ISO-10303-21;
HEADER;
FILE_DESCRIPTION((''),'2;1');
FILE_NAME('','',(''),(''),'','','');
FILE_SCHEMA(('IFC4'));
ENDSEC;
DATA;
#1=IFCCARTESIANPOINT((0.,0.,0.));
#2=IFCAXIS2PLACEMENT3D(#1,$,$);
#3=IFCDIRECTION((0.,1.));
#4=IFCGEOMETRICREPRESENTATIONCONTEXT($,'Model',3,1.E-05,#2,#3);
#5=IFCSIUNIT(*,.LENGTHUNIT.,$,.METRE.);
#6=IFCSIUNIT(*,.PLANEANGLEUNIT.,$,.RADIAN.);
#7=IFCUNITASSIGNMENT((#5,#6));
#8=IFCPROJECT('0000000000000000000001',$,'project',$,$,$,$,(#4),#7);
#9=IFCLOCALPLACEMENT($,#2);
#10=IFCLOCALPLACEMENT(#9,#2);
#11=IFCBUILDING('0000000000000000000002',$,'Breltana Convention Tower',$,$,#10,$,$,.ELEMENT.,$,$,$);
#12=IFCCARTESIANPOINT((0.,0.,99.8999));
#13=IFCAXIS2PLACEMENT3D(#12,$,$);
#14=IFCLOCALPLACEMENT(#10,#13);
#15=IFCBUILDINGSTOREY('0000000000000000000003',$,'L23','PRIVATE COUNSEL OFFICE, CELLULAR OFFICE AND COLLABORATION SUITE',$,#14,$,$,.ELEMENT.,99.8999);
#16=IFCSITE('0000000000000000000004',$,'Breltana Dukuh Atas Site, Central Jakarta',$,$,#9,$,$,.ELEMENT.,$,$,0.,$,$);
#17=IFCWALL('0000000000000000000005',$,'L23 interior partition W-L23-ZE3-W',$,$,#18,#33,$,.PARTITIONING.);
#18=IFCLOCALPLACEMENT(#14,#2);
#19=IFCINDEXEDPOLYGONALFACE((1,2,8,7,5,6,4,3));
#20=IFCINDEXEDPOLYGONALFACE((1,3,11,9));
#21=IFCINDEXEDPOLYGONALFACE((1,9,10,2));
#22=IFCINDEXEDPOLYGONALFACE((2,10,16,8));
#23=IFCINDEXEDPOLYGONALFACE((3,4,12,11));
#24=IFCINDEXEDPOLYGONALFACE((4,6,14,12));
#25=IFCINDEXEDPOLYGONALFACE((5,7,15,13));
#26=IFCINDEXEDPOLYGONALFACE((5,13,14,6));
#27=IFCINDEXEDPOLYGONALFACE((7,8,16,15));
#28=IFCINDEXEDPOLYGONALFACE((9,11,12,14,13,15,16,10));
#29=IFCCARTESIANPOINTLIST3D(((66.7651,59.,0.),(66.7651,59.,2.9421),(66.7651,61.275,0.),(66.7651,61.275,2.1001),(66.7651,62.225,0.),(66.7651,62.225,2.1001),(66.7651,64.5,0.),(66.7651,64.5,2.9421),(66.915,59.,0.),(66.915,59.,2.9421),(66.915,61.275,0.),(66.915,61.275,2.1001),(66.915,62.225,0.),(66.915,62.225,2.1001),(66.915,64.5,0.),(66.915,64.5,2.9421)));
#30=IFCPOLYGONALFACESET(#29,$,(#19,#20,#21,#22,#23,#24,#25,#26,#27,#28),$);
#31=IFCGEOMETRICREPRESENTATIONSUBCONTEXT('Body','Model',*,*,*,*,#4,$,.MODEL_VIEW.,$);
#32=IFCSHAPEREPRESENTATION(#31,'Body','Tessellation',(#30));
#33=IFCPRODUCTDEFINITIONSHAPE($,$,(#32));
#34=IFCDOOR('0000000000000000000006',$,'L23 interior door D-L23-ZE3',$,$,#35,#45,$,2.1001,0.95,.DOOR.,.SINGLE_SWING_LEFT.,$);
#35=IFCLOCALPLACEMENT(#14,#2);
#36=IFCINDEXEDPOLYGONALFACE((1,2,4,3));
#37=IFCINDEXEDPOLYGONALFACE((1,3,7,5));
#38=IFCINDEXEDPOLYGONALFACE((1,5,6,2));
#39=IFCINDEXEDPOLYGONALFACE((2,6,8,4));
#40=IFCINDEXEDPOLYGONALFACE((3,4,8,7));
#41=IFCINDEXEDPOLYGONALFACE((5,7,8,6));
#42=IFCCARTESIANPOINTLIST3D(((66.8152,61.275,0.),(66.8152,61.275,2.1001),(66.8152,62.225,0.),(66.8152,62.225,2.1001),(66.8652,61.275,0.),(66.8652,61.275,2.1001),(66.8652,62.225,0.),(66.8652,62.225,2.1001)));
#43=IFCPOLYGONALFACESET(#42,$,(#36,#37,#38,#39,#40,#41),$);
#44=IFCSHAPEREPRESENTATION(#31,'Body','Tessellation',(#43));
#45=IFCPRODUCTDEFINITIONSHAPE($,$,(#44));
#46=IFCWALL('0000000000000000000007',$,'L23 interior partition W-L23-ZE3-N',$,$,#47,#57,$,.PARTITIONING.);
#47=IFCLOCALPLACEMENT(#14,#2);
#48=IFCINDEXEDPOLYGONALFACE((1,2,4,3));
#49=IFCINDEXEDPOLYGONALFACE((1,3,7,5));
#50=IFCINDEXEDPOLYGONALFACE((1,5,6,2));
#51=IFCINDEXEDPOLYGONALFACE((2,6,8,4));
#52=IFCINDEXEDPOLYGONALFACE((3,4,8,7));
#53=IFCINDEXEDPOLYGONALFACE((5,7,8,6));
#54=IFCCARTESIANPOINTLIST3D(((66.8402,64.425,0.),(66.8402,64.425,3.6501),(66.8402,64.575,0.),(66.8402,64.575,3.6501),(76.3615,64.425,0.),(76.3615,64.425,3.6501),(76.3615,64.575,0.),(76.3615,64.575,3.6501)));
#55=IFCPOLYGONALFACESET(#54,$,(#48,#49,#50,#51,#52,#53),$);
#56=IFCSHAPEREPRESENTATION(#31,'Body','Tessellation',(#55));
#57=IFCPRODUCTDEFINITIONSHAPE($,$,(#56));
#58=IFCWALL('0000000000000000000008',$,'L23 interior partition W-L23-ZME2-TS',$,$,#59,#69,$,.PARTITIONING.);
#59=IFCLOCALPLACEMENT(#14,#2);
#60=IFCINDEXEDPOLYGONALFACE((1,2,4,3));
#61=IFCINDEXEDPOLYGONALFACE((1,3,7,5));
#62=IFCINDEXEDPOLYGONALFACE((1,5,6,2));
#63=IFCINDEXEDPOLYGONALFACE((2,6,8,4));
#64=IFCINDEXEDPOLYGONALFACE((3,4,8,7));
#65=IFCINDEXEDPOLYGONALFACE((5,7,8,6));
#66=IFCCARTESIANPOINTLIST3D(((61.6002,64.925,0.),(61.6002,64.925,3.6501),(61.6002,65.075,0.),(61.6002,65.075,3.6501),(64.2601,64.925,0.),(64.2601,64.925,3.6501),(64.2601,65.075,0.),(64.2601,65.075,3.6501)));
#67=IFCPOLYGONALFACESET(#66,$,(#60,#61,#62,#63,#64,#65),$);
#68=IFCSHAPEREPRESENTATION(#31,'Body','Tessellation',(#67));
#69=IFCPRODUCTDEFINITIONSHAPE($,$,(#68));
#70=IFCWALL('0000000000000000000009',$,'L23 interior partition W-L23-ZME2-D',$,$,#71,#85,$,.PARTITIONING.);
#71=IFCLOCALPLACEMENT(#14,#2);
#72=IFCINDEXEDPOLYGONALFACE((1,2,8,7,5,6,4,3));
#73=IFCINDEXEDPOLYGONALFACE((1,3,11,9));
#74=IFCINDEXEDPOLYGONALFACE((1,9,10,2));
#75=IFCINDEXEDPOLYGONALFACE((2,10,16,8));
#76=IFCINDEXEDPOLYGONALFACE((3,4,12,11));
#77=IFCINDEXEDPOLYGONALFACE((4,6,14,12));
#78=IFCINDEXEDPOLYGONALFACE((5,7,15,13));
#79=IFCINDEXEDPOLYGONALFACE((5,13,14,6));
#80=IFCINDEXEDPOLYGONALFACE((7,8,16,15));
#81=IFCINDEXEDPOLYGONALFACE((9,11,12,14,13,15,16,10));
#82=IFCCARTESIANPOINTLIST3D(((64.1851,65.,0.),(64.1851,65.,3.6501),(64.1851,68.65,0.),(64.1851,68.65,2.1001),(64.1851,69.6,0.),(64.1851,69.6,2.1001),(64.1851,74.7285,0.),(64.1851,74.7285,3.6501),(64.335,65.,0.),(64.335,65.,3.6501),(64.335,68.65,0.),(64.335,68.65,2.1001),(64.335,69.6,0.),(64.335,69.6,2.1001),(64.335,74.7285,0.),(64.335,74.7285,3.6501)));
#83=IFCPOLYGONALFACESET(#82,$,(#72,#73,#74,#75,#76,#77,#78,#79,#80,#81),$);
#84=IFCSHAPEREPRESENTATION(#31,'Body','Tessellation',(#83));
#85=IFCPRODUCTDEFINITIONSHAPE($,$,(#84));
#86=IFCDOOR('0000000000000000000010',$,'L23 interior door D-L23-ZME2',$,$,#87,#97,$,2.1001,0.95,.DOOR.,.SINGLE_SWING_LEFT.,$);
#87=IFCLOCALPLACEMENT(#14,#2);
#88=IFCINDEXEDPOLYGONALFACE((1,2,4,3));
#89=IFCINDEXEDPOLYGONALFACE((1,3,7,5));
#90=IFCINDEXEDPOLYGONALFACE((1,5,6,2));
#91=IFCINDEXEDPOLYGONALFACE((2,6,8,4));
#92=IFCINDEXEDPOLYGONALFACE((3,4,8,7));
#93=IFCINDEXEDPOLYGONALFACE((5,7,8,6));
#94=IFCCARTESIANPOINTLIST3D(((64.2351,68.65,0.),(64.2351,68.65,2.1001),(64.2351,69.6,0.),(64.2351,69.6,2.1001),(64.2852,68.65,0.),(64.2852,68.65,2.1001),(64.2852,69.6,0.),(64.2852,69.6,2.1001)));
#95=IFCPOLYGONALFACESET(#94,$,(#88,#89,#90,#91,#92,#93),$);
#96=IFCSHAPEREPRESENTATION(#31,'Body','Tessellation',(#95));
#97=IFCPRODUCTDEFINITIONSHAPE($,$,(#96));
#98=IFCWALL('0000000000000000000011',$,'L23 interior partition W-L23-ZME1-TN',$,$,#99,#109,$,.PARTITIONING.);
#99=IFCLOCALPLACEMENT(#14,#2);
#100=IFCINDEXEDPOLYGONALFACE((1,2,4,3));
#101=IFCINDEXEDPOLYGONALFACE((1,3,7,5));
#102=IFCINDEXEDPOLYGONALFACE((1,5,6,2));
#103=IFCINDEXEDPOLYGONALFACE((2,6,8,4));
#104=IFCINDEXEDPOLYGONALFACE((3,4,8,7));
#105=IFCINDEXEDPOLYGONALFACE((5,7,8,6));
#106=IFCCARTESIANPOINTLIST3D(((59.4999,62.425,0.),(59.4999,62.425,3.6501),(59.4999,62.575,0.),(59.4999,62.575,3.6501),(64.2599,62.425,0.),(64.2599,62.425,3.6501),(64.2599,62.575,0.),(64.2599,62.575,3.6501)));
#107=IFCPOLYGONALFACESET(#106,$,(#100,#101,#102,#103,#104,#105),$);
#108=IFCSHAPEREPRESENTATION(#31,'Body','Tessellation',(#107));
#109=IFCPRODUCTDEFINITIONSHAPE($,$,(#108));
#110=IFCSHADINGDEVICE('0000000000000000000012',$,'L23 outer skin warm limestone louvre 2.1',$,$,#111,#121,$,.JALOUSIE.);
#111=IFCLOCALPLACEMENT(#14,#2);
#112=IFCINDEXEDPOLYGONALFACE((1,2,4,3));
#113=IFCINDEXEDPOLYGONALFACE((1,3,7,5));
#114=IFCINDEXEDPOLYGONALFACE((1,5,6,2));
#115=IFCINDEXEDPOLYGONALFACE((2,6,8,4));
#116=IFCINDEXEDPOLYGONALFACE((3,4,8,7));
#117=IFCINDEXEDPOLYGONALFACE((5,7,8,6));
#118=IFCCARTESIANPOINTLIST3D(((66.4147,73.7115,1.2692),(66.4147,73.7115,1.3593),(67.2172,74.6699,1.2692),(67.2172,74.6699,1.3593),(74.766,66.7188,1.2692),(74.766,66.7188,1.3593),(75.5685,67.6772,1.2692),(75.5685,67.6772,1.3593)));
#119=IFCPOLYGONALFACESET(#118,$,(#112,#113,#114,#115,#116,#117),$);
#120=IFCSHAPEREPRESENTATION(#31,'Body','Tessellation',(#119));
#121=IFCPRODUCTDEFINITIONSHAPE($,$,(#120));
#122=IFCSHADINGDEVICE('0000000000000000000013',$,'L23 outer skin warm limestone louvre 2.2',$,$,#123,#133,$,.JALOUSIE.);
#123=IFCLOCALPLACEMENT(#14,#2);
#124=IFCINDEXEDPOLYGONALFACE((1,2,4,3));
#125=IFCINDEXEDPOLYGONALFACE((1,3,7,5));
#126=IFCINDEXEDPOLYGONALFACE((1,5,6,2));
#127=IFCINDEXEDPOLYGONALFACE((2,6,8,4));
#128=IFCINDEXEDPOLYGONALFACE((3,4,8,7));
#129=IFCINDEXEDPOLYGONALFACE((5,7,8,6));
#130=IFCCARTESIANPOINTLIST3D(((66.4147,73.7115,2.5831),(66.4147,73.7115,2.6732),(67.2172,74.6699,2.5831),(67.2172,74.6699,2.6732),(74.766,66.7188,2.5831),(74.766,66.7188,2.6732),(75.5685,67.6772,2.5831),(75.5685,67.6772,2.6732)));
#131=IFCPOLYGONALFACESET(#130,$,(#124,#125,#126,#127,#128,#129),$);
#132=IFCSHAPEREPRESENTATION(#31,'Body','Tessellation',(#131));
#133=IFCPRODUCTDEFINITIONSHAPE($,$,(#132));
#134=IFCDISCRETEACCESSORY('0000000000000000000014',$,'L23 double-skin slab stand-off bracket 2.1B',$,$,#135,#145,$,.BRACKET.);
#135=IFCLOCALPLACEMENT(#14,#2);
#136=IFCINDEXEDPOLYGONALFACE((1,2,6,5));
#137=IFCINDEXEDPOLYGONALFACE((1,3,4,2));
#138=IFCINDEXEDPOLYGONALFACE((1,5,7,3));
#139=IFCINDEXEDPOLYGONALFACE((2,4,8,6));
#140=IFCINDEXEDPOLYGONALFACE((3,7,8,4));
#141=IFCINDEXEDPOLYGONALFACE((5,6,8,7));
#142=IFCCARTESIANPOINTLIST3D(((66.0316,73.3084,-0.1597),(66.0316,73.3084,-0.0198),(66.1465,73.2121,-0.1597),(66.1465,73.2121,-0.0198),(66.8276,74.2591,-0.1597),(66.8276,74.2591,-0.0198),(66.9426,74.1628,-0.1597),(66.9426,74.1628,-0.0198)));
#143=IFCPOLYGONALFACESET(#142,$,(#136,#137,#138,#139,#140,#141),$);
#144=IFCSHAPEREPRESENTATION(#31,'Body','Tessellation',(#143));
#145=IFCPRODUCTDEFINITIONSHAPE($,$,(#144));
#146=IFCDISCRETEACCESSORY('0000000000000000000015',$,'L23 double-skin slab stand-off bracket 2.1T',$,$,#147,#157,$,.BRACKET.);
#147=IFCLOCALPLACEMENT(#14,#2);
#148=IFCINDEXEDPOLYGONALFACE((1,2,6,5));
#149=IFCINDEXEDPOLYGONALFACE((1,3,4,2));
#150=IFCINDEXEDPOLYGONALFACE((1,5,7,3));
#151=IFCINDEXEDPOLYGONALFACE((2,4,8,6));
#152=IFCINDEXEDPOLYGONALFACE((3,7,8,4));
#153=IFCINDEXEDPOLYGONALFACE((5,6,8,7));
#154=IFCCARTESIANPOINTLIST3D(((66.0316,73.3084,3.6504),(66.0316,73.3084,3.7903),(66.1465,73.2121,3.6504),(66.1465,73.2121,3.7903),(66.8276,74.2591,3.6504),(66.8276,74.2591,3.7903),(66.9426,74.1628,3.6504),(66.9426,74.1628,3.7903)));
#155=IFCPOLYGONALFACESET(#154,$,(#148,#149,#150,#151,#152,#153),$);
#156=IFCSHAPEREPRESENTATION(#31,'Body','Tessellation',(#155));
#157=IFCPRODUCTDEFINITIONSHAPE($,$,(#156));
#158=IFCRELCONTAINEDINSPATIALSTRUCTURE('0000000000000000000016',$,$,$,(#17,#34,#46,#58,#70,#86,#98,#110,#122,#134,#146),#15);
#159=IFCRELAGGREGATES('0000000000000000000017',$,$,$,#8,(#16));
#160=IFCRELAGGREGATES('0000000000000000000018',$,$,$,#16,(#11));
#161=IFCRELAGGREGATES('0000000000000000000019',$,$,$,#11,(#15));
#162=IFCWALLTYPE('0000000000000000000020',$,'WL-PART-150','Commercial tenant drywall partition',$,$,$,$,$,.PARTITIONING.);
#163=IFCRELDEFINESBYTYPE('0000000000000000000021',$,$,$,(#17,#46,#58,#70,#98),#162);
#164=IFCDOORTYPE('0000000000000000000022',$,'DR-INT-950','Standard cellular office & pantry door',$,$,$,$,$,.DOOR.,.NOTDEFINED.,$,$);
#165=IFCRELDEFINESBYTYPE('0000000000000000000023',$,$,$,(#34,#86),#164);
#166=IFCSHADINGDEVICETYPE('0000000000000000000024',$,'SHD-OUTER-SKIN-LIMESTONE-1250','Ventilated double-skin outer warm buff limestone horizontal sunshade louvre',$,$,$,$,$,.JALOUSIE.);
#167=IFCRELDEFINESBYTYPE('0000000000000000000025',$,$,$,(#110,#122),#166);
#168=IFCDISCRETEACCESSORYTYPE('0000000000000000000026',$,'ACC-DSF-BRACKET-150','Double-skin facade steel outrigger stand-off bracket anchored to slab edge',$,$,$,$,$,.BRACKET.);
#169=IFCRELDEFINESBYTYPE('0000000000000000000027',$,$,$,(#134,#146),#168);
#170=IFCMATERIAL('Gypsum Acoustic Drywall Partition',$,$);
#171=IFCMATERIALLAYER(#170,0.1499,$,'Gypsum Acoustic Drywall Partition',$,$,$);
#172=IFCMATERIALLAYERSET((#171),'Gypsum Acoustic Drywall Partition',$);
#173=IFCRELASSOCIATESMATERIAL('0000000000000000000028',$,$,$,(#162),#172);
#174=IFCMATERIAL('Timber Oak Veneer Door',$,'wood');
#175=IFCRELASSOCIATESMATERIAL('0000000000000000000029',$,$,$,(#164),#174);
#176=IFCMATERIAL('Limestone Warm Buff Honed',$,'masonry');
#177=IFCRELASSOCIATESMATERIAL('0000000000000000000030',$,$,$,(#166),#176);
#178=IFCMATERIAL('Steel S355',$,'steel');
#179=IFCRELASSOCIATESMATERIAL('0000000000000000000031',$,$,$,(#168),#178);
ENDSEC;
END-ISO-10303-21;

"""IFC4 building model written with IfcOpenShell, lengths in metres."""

from ifc_helpers import new_model, si_unit, direction, frame, frame_2d, origin, origin_2d, place, context, subcontext, project, spatial, rectangle, extrude, source, transform, mapped, material, layer, layer_set, material_profile, profile_set, type_object, type_shapes, element, fill, save


model = new_model("IFC4")

# Units and contexts
model_context = context("Model", 3, precision=1e-05, world=origin(), true_north=direction((0.0, 1.0)))
body_context = subcontext(model_context, "Body", "Model", "MODEL_VIEW")
ifc_project = project(units=[si_unit("LENGTHUNIT", "METRE"), si_unit("PLANEANGLEUNIT", "RADIAN")], contexts=[model_context])

# Site, building, storey
site_placement = place(None, origin())
site = spatial("IfcSite", under=ifc_project, at=site_placement, Name="Breltana Dukuh Atas Site, Central Jakarta", CompositionType="ELEMENT", RefElevation=0.0)
building_placement = place(site_placement, origin())
building = spatial("IfcBuilding", under=site, at=building_placement, Name="Breltana Convention Tower", CompositionType="ELEMENT")
storey_placement = place(building_placement, frame((0.0, 0.0, 99.8999)))
storey = spatial("IfcBuildingStorey", under=building, at=storey_placement, Name="L23", Description="PRIVATE COUNSEL OFFICE, CELLULAR OFFICE AND COLLABORATION SUITE", CompositionType="ELEMENT", Elevation=99.8999)

# Shared definitions
ifc_material_1 = material(Name="Gypsum Acoustic Drywall Partition")
ifc_layer_1 = layer(ifc_material_1, 0.1499, Name="Gypsum Acoustic Drywall Partition")
ifc_layer_set_1 = layer_set([ifc_layer_1], Name="Gypsum Acoustic Drywall Partition")
wall_type_1 = type_object("IfcWallType", Name="WL-PART-150", Description="Commercial tenant drywall partition", PredefinedType="PARTITIONING", material=ifc_layer_set_1)

# Wall, opening, door
shared_shape_1 = source(origin(), body_context, "Body", "SweptSolid", [
    extrude(rectangle(XDim=5.5, YDim=0.1499, at=frame_2d((2.75, 0.0))), origin(), (0.0, 0.0, 1.0), 2.9421),
])
wall_1_placement = place(storey_placement, frame((66.8401, 59.0, 0.0), z_axis=(0.0, 0.0, 1.0), x_axis=(0.0, 1.0, 0.0)))
wall_1 = element("IfcWall", 1, at=wall_1_placement, inside=storey, type_object=wall_type_1, Name="L23 interior partition W-L23-ZE3-W", PredefinedType="PARTITIONING", context=body_context, shape_type="MappedRepresentation", body=[
    mapped(shared_shape_1, transform((0.0, 0.0, 0.0), scale=1.0)),
])
opening_1_placement = place(wall_1_placement, frame((2.2749, 0.0, 0.0)))
opening_1 = element("IfcOpeningElement", 2, at=opening_1_placement, cuts=wall_1, PredefinedType="OPENING", context=body_context, shape_type="SweptSolid", body=[
    extrude(rectangle(XDim=0.95, YDim=2.1001, at=frame_2d((0.4751, 1.05))), frame((0.0, 0.085, 0.0), z_axis=(0.0, -1.0, 0.0), x_axis=(1.0, 0.0, 0.0)), (0.0, 0.0, 1.0), 0.1699),
])
ifc_material_2 = material(Name="Timber Oak Veneer Door", Category="wood")
door_type = type_object("IfcDoorType", Name="DR-INT-950", Description="Standard cellular office & pantry door", OperationType="NOTDEFINED", PredefinedType="DOOR", material=ifc_material_2)
shared_shape_2 = source(origin(), body_context, "Body", "SweptSolid", [
    extrude(rectangle(XDim=0.95, YDim=2.1001, at=frame_2d((0.4751, 1.05))), frame((0.0, 0.0249, 0.0), z_axis=(0.0, -1.0, 0.0), x_axis=(1.0, 0.0, 0.0)), (0.0, 0.0, 1.0), 0.05),
])
type_shapes(door_type, [shared_shape_2])
door_1_placement = place(opening_1_placement, origin())
door_1 = element("IfcDoor", 3, at=door_1_placement, inside=storey, type_object=door_type, Name="L23 interior door D-L23-ZE3", OperationType="SINGLE_SWING_LEFT", OverallHeight=2.1001, OverallWidth=0.95, PredefinedType="DOOR", context=body_context, shape_type="MappedRepresentation", body=[
    mapped(shared_shape_2, transform((0.0, 0.0, 0.0), scale=1.0)),
])
fill(opening_1, door_1)

# Walls
shared_shape_3 = source(origin(), body_context, "Body", "SweptSolid", [
    extrude(rectangle(XDim=9.5212, YDim=0.1499, at=frame_2d((4.7607, 0.0))), origin(), (0.0, 0.0, 1.0), 3.6501),
])
wall_2_placement = place(storey_placement, frame((66.8401, 64.5, 0.0), z_axis=(0.0, 0.0, 1.0), x_axis=(1.0, 0.0, 0.0)))
element("IfcWall", 4, at=wall_2_placement, inside=storey, type_object=wall_type_1, Name="L23 interior partition W-L23-ZE3-N", PredefinedType="PARTITIONING", context=body_context, shape_type="MappedRepresentation", body=[
    mapped(shared_shape_3, transform((0.0, 0.0, 0.0), scale=1.0)),
])
shared_shape_4 = source(origin(), body_context, "Body", "SweptSolid", [
    extrude(rectangle(XDim=2.6599, YDim=0.1499, at=frame_2d((1.3301, 0.0))), origin(), (0.0, 0.0, 1.0), 3.6501),
])
wall_3_placement = place(storey_placement, frame((61.6001, 65.0, 0.0), z_axis=(0.0, 0.0, 1.0), x_axis=(1.0, 0.0, 0.0)))
element("IfcWall", 5, at=wall_3_placement, inside=storey, type_object=wall_type_1, Name="L23 interior partition W-L23-ZME2-TS", PredefinedType="PARTITIONING", context=body_context, shape_type="MappedRepresentation", body=[
    mapped(shared_shape_4, transform((0.0, 0.0, 0.0), scale=1.0)),
])

# Wall, opening, door
shared_shape_5 = source(origin(), body_context, "Body", "SweptSolid", [
    extrude(rectangle(XDim=9.7285, YDim=0.1499, at=frame_2d((4.8643, 0.0))), origin(), (0.0, 0.0, 1.0), 3.6501),
])
wall_4_placement = place(storey_placement, frame((64.26, 65.0, 0.0), z_axis=(0.0, 0.0, 1.0), x_axis=(0.0, 1.0, 0.0)))
wall_4 = element("IfcWall", 6, at=wall_4_placement, inside=storey, type_object=wall_type_1, Name="L23 interior partition W-L23-ZME2-D", PredefinedType="PARTITIONING", context=body_context, shape_type="MappedRepresentation", body=[
    mapped(shared_shape_5, transform((0.0, 0.0, 0.0), scale=1.0)),
])
opening_2_placement = place(wall_4_placement, frame((3.6499, 0.0, 0.0)))
opening_2 = element("IfcOpeningElement", 7, at=opening_2_placement, cuts=wall_4, PredefinedType="OPENING", context=body_context, shape_type="SweptSolid", body=[
    extrude(rectangle(XDim=0.95, YDim=2.1001, at=frame_2d((0.4751, 1.05))), frame((0.0, 0.085, 0.0), z_axis=(0.0, -1.0, 0.0), x_axis=(1.0, 0.0, 0.0)), (0.0, 0.0, 1.0), 0.1699),
])
door_2_placement = place(opening_2_placement, origin())
door_2 = element("IfcDoor", 8, at=door_2_placement, inside=storey, type_object=door_type, Name="L23 interior door D-L23-ZME2", OperationType="SINGLE_SWING_LEFT", OverallHeight=2.1001, OverallWidth=0.95, PredefinedType="DOOR", context=body_context, shape_type="MappedRepresentation", body=[
    mapped(shared_shape_2, transform((0.0, 0.0, 0.0), scale=1.0)),
])
fill(opening_2, door_2)

# Wall
shared_shape_6 = source(origin(), body_context, "Body", "SweptSolid", [
    extrude(rectangle(XDim=4.76, YDim=0.1499, at=frame_2d((2.3799, 0.0))), origin(), (0.0, 0.0, 1.0), 3.6501),
])
wall_5_placement = place(storey_placement, frame((59.5, 62.5, 0.0), z_axis=(0.0, 0.0, 1.0), x_axis=(1.0, 0.0, 0.0)))
element("IfcWall", 9, at=wall_5_placement, inside=storey, type_object=wall_type_1, Name="L23 interior partition W-L23-ZME1-TN", PredefinedType="PARTITIONING", context=body_context, shape_type="MappedRepresentation", body=[
    mapped(shared_shape_6, transform((0.0, 0.0, 0.0), scale=1.0)),
])

# Shading devices
ifc_material_3 = material(Name="Limestone Warm Buff Honed", Category="masonry")
ifc_material_profile_1 = material_profile(ifc_material_3, rectangle(XDim=1.25, YDim=0.0901, at=origin_2d()), Name="STN-LVR-1250X90")
ifc_profile_set_1 = profile_set([ifc_material_profile_1], Name="Limestone Warm Buff Honed")
shading_device_type = type_object("IfcShadingDeviceType", Name="SHD-OUTER-SKIN-LIMESTONE-1250", Description="Ventilated double-skin outer warm buff limestone horizontal sunshade louvre", PredefinedType="JALOUSIE", material=ifc_profile_set_1)
shared_shape_7 = source(origin(), body_context, "Body", "SweptSolid", [
    extrude(rectangle(XDim=1.25, YDim=0.0901, at=origin_2d()), origin(), (0.0, 0.0, 1.0), 10.8923),
])
for number, where, z_axis, x_axis, name in (
    (10, (66.8159, 74.1907, 1.3142), (0.766718, -0.641984, 0.0), (0.641984, 0.766718, 0.0), "L23 outer skin warm limestone louvre 2.1"),
    (11, (66.8159, 74.1907, 2.6282), (0.766718, -0.641984, 0.0), (0.641984, 0.766718, 0.0), "L23 outer skin warm limestone louvre 2.2"),
):
    element("IfcShadingDevice", number, at=place(storey_placement, frame(where, z_axis=z_axis, x_axis=x_axis)), inside=storey, type_object=shading_device_type, Name=name, PredefinedType="JALOUSIE", context=body_context, shape_type="MappedRepresentation", body=[
        mapped(shared_shape_7, transform((0.0, 0.0, 0.0), scale=1.0)),
    ])

# Discrete accessories
ifc_material_4 = material(Name="Steel S355", Category="steel")
discrete_accessory_type = type_object("IfcDiscreteAccessoryType", Name="ACC-DSF-BRACKET-150", Description="Double-skin facade steel outrigger stand-off bracket anchored to slab edge", PredefinedType="BRACKET", material=ifc_material_4)
shared_shape_8 = source(origin(), body_context, "Body", "SweptSolid", [
    extrude(rectangle(XDim=1.24, YDim=0.1499, at=origin_2d()), origin(), (0.0, 0.0, 1.0), 0.1399),
])
type_shapes(discrete_accessory_type, [shared_shape_8])
for number, where, z_axis, x_axis, name in (
    (12, (66.4871, 73.7356, -0.1597), (0.0, 0.0, 1.0), (0.641987, 0.766715, 0.0), "L23 double-skin slab stand-off bracket 2.1B"),
    (13, (66.4871, 73.7356, 3.6504), (0.0, 0.0, 1.0), (0.641987, 0.766715, 0.0), "L23 double-skin slab stand-off bracket 2.1T"),
):
    element("IfcDiscreteAccessory", number, at=place(storey_placement, frame(where, z_axis=z_axis, x_axis=x_axis)), inside=storey, type_object=discrete_accessory_type, Name=name, PredefinedType="BRACKET", context=body_context, shape_type="MappedRepresentation", body=[
        mapped(shared_shape_8, transform((0.0, 0.0, 0.0), scale=1.0)),
    ])

save(model, "model.ifc")
